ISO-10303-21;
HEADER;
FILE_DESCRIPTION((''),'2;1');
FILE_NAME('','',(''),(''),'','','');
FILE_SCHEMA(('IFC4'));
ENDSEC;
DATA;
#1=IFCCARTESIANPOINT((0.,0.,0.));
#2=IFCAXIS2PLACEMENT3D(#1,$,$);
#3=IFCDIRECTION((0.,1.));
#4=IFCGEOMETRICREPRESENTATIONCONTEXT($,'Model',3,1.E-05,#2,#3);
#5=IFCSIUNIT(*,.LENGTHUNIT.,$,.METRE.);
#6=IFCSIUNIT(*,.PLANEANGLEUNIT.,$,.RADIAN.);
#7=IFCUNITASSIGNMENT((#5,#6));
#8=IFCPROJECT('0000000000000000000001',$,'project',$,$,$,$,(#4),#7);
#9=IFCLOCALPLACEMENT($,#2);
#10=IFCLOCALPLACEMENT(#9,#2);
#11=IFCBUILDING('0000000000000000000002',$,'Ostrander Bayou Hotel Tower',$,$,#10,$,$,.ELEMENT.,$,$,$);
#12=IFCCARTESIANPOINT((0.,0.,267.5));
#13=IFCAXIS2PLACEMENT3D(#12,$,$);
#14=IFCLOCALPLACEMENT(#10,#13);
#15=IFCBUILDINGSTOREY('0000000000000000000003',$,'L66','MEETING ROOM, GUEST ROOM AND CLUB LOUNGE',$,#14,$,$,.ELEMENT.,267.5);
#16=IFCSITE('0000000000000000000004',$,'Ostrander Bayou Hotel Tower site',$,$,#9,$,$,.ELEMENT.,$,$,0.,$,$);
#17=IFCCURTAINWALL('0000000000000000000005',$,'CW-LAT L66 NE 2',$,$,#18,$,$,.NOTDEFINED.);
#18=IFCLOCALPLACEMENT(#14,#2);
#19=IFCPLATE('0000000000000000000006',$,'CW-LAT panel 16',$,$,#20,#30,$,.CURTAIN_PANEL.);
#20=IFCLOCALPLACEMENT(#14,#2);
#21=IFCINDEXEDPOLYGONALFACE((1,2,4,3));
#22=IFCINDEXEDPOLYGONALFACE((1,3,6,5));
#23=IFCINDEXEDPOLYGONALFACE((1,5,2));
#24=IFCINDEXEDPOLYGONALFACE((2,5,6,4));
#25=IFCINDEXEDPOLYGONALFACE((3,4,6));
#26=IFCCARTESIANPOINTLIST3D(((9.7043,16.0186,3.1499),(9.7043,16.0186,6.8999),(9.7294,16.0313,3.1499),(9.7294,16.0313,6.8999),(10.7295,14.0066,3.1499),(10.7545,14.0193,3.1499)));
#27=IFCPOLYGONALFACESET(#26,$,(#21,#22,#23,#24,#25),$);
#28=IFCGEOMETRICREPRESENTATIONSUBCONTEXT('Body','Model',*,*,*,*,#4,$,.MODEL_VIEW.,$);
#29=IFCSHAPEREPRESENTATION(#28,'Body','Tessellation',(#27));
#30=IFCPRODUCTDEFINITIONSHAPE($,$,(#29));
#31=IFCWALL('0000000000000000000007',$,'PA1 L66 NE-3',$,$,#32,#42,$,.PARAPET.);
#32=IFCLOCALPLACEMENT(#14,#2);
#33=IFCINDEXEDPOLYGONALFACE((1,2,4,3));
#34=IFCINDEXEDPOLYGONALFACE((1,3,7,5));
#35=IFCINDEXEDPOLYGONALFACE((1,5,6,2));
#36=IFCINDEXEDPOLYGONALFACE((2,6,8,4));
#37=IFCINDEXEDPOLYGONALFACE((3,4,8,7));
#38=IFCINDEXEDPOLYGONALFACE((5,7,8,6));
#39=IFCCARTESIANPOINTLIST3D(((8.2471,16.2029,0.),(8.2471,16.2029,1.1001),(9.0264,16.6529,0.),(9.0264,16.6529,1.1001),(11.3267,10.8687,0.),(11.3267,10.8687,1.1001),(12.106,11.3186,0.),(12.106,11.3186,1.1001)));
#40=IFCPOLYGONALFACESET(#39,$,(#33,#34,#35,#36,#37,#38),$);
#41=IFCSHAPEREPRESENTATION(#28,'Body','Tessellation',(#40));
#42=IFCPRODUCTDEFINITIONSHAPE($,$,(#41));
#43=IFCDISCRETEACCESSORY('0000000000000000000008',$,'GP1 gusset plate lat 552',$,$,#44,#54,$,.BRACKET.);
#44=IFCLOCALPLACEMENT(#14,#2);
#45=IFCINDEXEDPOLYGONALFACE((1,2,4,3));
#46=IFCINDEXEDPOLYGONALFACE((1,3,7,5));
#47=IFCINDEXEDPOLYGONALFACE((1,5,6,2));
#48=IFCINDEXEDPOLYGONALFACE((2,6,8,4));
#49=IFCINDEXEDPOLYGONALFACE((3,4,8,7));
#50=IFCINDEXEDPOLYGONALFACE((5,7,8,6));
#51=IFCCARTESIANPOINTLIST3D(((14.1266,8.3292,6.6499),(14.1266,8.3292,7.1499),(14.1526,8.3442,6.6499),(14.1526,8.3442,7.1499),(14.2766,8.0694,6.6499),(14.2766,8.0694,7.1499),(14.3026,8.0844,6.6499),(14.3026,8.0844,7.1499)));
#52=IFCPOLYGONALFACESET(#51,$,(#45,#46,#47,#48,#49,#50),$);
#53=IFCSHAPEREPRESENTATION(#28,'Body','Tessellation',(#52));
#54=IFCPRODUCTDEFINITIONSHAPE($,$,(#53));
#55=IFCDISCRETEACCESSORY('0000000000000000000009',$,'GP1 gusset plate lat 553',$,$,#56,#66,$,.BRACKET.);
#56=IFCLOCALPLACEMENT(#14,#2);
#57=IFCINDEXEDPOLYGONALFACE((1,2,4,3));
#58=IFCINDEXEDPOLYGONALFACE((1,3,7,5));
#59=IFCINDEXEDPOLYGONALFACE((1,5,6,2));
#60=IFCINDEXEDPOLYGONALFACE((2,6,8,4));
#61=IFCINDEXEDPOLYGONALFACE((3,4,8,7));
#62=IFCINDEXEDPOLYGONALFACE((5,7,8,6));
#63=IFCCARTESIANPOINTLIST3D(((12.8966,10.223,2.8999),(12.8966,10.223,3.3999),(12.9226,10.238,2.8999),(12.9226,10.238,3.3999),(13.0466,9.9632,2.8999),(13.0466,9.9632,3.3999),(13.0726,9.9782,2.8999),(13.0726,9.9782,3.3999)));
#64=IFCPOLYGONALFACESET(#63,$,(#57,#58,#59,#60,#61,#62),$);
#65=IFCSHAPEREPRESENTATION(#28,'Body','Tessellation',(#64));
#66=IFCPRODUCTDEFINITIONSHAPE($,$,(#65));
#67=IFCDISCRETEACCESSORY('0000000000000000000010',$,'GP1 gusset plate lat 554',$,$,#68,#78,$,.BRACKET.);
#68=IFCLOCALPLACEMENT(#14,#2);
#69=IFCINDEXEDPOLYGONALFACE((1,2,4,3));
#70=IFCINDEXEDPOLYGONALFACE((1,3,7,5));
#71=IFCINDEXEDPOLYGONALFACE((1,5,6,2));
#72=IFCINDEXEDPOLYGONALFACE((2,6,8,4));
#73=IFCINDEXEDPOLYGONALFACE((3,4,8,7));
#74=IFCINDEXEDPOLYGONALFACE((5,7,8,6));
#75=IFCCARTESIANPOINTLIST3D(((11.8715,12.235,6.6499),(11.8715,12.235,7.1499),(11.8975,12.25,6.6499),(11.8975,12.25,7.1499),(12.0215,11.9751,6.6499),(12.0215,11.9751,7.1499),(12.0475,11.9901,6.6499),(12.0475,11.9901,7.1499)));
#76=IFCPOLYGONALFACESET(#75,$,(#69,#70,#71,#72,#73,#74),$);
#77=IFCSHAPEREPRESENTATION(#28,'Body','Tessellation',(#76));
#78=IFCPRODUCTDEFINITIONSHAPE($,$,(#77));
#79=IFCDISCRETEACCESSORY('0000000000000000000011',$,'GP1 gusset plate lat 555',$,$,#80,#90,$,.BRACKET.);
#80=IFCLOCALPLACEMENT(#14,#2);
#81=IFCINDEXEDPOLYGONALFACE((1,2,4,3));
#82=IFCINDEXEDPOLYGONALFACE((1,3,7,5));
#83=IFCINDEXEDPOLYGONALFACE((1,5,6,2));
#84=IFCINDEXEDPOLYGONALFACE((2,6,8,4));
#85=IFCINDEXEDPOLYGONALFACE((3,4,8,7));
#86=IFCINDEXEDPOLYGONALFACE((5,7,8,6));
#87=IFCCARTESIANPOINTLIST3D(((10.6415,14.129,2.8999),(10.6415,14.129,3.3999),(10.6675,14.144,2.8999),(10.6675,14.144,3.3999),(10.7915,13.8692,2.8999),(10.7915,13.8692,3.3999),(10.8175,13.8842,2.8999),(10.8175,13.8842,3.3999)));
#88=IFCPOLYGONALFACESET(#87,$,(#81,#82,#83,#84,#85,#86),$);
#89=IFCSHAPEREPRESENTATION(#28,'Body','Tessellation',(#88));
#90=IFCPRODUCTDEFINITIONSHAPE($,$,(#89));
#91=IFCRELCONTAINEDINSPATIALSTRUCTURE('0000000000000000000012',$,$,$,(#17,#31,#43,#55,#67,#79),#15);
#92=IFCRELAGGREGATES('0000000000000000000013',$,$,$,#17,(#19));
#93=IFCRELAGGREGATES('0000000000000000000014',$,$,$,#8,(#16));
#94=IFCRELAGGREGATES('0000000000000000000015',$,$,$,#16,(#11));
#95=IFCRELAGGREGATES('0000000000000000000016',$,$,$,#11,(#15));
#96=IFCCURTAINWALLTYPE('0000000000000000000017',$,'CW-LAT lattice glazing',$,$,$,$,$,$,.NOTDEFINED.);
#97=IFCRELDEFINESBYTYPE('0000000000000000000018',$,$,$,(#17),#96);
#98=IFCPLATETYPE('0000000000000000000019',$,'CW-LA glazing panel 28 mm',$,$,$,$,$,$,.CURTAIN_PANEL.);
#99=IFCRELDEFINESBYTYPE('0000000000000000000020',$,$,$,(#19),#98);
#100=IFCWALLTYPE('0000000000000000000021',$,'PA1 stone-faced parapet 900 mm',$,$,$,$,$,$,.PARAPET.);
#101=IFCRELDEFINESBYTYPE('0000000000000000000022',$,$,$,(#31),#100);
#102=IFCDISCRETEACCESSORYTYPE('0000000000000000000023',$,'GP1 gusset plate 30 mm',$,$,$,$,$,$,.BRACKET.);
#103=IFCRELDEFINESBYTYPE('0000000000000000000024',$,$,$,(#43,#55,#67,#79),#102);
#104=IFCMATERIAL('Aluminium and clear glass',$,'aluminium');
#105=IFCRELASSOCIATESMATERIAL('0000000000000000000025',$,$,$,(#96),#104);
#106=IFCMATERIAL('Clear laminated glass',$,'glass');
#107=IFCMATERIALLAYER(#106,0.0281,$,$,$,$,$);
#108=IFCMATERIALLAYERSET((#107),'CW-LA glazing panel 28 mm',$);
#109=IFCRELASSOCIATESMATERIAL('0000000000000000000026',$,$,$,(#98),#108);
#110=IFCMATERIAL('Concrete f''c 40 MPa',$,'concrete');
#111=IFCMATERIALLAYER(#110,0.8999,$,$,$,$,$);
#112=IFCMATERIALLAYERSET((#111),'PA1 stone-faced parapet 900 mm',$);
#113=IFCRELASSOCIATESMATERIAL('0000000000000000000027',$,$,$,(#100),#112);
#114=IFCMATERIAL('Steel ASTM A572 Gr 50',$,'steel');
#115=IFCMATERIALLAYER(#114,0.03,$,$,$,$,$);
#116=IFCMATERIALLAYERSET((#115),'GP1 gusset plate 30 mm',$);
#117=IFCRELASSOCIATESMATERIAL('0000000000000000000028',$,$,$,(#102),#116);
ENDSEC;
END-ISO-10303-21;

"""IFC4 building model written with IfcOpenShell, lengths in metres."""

from ifc_helpers import new_model, si_unit, direction, frame, frame_2d, origin, origin_2d, place, context, subcontext, project, spatial, polyline, rectangle, outline, extrude, material, layer, layer_set, type_object, element, aggregate, save


model = new_model("IFC4")

# Units and contexts
model_context = context("Model", 3, precision=1e-05, world=origin(), true_north=direction((0.0, 1.0)))
body_context = subcontext(model_context, "Body", "Model", "MODEL_VIEW")
ifc_project = project(units=[si_unit("LENGTHUNIT", "METRE"), si_unit("PLANEANGLEUNIT", "RADIAN")], contexts=[model_context])

# Site, building, storey
site_placement = place(None, origin())
site = spatial("IfcSite", under=ifc_project, at=site_placement, Name="Ostrander Bayou Hotel Tower site", CompositionType="ELEMENT", RefElevation=0.0)
building_placement = place(site_placement, origin())
building = spatial("IfcBuilding", under=site, at=building_placement, Name="Ostrander Bayou Hotel Tower", CompositionType="ELEMENT")
storey_placement = place(building_placement, frame((0.0, 0.0, 267.5)))
storey = spatial("IfcBuildingStorey", under=building, at=storey_placement, Name="L66", Description="MEETING ROOM, GUEST ROOM AND CLUB LOUNGE", CompositionType="ELEMENT", Elevation=267.5)

# Curtain wall
ifc_material_1 = material(Name="Aluminium and clear glass", Category="aluminium")
curtain_wall_type = type_object("IfcCurtainWallType", Name="CW-LAT lattice glazing", PredefinedType="NOTDEFINED", material=ifc_material_1)
curtain_wall_1_placement = place(storey_placement, origin())
curtain_wall_1 = element("IfcCurtainWall", 1, at=curtain_wall_1_placement, inside=storey, type_object=curtain_wall_type, Name="CW-LAT L66 NE 2", PredefinedType="NOTDEFINED")

# Shared definitions
ifc_material_2 = material(Name="Clear laminated glass", Category="glass")
ifc_layer_1 = layer(ifc_material_2, 0.0281)
ifc_layer_set_1 = layer_set([ifc_layer_1], Name="CW-LA glazing panel 28 mm")
plate_type = type_object("IfcPlateType", Name="CW-LA glazing panel 28 mm", PredefinedType="CURTAIN_PANEL", material=ifc_layer_set_1)

# Plate
plate_1_placement = place(storey_placement, frame((10.7295, 14.0066, 3.1499), z_axis=(-0.891006, -0.453991, 0.0), x_axis=(-0.234192, 0.459628, 0.856678)))
plate_1 = element("IfcPlate", 2, at=plate_1_placement, type_object=plate_type, Name="CW-LAT panel 16", PredefinedType="CURTAIN_PANEL", context=body_context, shape_type="SweptSolid", body=[
    extrude(outline(polyline([(0.0, 0.0), (4.3774, 0.0), (1.1648, 1.9344), (0.0, 0.0)])), origin(), (0.0, 0.0, -1.0), 0.0281),
])
aggregate(curtain_wall_1, [plate_1])

# Wall
ifc_material_3 = material(Name="Concrete f'c 40 MPa", Category="concrete")
ifc_layer_2 = layer(ifc_material_3, 0.8999)
ifc_layer_set_2 = layer_set([ifc_layer_2], Name="PA1 stone-faced parapet 900 mm")
wall_type = type_object("IfcWallType", Name="PA1 stone-faced parapet 900 mm", PredefinedType="PARAPET", material=ifc_layer_set_2)
wall_placement = place(storey_placement, frame((11.7163, 11.0938, 0.0), z_axis=(0.0, 0.0, 1.0), x_axis=(-0.499984, 0.866034, 0.0)))
element("IfcWall", 3, at=wall_placement, inside=storey, type_object=wall_type, Name="PA1 L66 NE-3", PredefinedType="PARAPET", context=body_context, shape_type="SweptSolid", body=[
    extrude(rectangle(XDim=6.1594, YDim=0.8999, at=frame_2d((3.0796, 0.0))), origin(), (0.0, 0.0, 1.0), 1.1001),
])

# Discrete accessories
ifc_material_4 = material(Name="Steel ASTM A572 Gr 50", Category="steel")
ifc_layer_3 = layer(ifc_material_4, 0.03)
ifc_layer_set_3 = layer_set([ifc_layer_3], Name="GP1 gusset plate 30 mm")
discrete_accessory_type = type_object("IfcDiscreteAccessoryType", Name="GP1 gusset plate 30 mm", PredefinedType="BRACKET", material=ifc_layer_set_3)
for number, where, z_axis, x_axis, name in (
    (4, (14.2146, 8.2068, 6.6499), (0.0, 0.0, 1.0), (-0.5, 0.866025, 0.0), "GP1 gusset plate lat 552"),
    (5, (12.9846, 10.1006, 2.8999), (0.0, 0.0, 1.0), (-0.5, 0.866025, 0.0), "GP1 gusset plate lat 553"),
    (6, (11.9595, 12.1125, 6.6499), (0.0, 0.0, 1.0), (-0.5, 0.866025, 0.0), "GP1 gusset plate lat 554"),
    (7, (10.7295, 14.0066, 2.8999), (0.0, 0.0, 1.0), (-0.5, 0.866025, 0.0), "GP1 gusset plate lat 555"),
):
    element("IfcDiscreteAccessory", number, at=place(storey_placement, frame(where, z_axis=z_axis, x_axis=x_axis)), inside=storey, type_object=discrete_accessory_type, Name=name, PredefinedType="BRACKET", context=body_context, shape_type="SweptSolid", body=[
        extrude(rectangle(XDim=0.3, YDim=0.03, at=origin_2d()), origin(), (0.0, 0.0, 1.0), 0.5),
    ])

save(model, "model.ifc")
